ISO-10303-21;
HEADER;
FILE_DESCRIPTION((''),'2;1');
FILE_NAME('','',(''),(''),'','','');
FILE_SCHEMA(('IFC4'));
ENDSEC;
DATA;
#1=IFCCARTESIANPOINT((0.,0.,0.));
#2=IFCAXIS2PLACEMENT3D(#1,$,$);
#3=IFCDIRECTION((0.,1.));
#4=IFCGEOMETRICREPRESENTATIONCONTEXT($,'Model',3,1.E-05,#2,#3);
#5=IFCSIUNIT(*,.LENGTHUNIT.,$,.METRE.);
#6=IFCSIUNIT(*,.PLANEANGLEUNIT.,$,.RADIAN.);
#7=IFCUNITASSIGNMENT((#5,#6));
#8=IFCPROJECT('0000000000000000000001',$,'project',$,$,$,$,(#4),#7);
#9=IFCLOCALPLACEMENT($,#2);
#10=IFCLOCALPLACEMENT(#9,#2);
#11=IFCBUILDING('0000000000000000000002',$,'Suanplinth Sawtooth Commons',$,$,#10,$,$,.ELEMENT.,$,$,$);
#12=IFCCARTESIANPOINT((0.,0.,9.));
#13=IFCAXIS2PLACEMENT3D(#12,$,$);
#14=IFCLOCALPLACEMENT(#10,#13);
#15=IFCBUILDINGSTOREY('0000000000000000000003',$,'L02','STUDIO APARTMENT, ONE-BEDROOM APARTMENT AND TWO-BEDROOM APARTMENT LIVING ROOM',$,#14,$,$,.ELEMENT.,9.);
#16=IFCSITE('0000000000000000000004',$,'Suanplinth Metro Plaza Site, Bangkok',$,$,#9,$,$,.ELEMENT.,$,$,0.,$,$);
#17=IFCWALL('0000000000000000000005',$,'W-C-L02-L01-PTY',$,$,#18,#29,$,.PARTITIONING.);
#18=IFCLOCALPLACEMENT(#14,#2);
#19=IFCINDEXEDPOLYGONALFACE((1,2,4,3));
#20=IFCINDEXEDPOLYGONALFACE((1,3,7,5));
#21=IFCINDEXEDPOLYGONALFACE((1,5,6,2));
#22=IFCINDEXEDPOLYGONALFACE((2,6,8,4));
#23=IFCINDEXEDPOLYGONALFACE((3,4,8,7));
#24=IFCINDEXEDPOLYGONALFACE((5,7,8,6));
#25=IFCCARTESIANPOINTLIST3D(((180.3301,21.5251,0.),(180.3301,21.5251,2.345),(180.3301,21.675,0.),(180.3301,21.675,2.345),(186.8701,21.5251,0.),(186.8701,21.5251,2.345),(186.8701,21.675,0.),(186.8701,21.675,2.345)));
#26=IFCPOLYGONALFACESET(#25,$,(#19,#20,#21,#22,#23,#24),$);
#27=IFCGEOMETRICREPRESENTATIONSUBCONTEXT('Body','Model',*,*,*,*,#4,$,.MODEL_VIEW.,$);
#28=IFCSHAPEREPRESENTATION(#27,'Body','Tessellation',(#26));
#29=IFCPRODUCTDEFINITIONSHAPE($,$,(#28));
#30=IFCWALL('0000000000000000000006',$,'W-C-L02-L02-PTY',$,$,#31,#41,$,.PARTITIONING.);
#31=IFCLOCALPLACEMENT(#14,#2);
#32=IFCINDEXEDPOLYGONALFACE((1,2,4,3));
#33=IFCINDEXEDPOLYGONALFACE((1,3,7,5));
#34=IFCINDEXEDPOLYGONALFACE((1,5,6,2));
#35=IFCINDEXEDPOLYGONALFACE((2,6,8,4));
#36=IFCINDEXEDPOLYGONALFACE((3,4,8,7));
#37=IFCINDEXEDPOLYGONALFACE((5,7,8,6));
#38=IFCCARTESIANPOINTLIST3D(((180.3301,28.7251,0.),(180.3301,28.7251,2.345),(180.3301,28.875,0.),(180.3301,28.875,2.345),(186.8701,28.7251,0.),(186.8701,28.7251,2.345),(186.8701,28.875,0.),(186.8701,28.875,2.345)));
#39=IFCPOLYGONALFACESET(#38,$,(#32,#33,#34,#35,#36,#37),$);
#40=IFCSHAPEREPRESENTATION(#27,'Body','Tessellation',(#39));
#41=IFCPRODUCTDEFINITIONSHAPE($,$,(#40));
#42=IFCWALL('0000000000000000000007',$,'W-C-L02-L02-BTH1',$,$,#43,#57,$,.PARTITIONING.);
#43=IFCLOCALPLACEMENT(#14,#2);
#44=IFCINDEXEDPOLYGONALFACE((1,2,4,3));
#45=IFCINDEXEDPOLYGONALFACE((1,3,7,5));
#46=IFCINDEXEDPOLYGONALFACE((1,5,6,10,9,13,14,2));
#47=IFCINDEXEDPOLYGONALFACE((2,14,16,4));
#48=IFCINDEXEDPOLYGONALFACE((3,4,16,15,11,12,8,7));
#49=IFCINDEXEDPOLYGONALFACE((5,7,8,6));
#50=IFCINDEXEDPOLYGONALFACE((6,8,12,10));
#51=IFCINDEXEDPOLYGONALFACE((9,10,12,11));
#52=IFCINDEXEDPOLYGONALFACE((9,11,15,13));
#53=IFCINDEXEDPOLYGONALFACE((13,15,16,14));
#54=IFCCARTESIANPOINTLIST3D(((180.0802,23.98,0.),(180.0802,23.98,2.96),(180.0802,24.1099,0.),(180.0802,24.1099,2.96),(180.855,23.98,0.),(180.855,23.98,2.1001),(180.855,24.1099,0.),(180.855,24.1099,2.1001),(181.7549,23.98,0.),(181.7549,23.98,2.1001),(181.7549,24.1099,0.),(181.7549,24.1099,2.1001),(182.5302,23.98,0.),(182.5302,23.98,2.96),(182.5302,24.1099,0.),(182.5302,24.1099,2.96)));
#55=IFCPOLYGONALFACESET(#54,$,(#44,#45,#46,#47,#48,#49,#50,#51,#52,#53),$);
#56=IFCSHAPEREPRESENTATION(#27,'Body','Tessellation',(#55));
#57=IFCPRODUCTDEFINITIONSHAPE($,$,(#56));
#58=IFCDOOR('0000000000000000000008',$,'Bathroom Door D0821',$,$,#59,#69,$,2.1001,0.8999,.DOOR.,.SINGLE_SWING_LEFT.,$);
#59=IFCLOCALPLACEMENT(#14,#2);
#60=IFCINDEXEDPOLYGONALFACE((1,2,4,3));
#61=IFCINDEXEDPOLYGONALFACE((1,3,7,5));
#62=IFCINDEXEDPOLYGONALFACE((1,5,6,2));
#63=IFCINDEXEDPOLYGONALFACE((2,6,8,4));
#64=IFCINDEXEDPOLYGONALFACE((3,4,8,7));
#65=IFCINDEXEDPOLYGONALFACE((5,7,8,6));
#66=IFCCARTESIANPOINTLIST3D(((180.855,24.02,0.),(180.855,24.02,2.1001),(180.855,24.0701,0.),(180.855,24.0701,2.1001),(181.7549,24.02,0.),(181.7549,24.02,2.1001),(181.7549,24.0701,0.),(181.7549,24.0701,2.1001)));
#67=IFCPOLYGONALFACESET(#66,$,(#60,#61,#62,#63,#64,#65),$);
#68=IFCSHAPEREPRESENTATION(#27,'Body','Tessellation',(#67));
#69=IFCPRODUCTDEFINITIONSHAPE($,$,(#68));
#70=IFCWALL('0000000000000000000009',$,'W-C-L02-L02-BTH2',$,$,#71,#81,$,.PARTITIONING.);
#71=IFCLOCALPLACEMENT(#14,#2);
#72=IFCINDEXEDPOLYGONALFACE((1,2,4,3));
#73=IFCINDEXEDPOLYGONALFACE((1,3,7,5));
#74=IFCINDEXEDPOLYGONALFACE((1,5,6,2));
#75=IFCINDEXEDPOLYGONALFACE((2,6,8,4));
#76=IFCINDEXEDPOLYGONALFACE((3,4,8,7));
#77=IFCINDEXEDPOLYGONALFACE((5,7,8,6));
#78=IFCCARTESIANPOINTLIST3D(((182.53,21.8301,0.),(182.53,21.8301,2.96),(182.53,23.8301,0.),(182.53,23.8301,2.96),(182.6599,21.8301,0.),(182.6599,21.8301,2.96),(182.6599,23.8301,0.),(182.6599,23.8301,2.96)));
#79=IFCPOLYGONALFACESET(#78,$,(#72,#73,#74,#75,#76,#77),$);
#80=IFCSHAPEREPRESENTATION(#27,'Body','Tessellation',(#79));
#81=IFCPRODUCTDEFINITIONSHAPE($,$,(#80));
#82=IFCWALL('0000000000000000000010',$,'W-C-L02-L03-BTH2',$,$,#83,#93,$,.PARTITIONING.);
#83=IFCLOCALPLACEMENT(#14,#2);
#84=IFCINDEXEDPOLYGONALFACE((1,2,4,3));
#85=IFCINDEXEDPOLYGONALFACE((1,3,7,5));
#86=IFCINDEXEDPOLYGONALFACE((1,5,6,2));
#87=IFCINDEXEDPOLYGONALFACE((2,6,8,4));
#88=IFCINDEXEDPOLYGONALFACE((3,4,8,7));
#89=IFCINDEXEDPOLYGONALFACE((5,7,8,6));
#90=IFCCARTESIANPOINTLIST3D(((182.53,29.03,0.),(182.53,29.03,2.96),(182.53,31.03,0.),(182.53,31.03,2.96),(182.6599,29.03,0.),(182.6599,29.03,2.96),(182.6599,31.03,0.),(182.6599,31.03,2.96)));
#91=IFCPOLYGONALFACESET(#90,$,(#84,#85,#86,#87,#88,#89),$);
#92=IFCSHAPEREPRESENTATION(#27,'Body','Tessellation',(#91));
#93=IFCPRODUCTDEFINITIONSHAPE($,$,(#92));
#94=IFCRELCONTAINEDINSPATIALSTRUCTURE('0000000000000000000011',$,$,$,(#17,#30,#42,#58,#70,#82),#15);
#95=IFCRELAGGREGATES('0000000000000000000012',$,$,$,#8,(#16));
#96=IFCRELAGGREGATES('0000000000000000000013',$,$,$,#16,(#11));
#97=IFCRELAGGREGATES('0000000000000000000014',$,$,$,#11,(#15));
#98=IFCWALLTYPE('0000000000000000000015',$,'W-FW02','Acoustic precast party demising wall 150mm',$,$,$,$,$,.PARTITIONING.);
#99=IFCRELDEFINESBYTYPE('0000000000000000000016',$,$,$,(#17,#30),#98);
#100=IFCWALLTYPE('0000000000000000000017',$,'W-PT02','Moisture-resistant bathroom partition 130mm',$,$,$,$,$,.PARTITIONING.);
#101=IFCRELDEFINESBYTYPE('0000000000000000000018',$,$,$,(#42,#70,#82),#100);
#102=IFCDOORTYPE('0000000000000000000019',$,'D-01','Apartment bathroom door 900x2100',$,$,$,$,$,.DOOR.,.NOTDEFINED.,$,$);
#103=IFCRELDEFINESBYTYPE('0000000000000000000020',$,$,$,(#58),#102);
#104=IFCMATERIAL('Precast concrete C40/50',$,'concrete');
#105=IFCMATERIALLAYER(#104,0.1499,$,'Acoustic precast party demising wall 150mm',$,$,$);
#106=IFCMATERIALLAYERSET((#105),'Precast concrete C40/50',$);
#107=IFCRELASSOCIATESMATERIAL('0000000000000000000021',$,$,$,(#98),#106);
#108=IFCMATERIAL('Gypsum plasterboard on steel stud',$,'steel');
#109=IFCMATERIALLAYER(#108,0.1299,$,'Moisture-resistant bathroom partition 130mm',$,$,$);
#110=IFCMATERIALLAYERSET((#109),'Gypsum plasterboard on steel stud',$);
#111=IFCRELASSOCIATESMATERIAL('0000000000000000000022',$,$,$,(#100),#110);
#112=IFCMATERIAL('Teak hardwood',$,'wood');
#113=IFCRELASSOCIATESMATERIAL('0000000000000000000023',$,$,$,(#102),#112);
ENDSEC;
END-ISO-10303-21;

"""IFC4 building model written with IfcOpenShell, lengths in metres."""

from ifc_helpers import new_model, si_unit, direction, frame, frame_2d, origin, place, context, subcontext, project, spatial, rectangle, extrude, material, layer, layer_set, type_object, element, fill, save


model = new_model("IFC4")

# Units and contexts
model_context = context("Model", 3, precision=1e-05, world=origin(), true_north=direction((0.0, 1.0)))
body_context = subcontext(model_context, "Body", "Model", "MODEL_VIEW")
ifc_project = project(units=[si_unit("LENGTHUNIT", "METRE"), si_unit("PLANEANGLEUNIT", "RADIAN")], contexts=[model_context])

# Site, building, storey
site_placement = place(None, origin())
site = spatial("IfcSite", under=ifc_project, at=site_placement, Name="Suanplinth Metro Plaza Site, Bangkok", CompositionType="ELEMENT", RefElevation=0.0)
building_placement = place(site_placement, origin())
building = spatial("IfcBuilding", under=site, at=building_placement, Name="Suanplinth Sawtooth Commons", CompositionType="ELEMENT")
storey_placement = place(building_placement, frame((0.0, 0.0, 9.0)))
storey = spatial("IfcBuildingStorey", under=building, at=storey_placement, Name="L02", Description="STUDIO APARTMENT, ONE-BEDROOM APARTMENT AND TWO-BEDROOM APARTMENT LIVING ROOM", CompositionType="ELEMENT", Elevation=9.0)

# Shared definitions
ifc_material_1 = material(Name="Precast concrete C40/50", Category="concrete")

# Walls
ifc_layer_1 = layer(ifc_material_1, 0.1499, Name="Acoustic precast party demising wall 150mm")
ifc_layer_set_1 = layer_set([ifc_layer_1], Name="Precast concrete C40/50")
wall_type_1 = type_object("IfcWallType", Name="W-FW02", Description="Acoustic precast party demising wall 150mm", PredefinedType="PARTITIONING", material=ifc_layer_set_1)
for number, where, z_axis, x_axis, name in (
    (1, (180.3301, 21.6001, 0.0), (0.0, 0.0, 1.0), (1.0, 0.0, 0.0), "W-C-L02-L01-PTY"),
    (2, (180.3301, 28.8, 0.0), (0.0, 0.0, 1.0), (1.0, 0.0, 0.0), "W-C-L02-L02-PTY"),
):
    element("IfcWall", number, at=place(storey_placement, frame(where, z_axis=z_axis, x_axis=x_axis)), inside=storey, type_object=wall_type_1, Name=name, PredefinedType="PARTITIONING", context=body_context, shape_type="SweptSolid", body=[
        extrude(rectangle(XDim=6.54, YDim=0.1499, at=frame_2d((3.27, 0.0))), origin(), (0.0, 0.0, 1.0), 2.345),
    ])

# Wall, opening, door
ifc_material_2 = material(Name="Gypsum plasterboard on steel stud", Category="steel")
ifc_layer_2 = layer(ifc_material_2, 0.1299, Name="Moisture-resistant bathroom partition 130mm")
ifc_layer_set_2 = layer_set([ifc_layer_2], Name="Gypsum plasterboard on steel stud")
wall_type_2 = type_object("IfcWallType", Name="W-PT02", Description="Moisture-resistant bathroom partition 130mm", PredefinedType="PARTITIONING", material=ifc_layer_set_2)
wall_1_placement = place(storey_placement, frame((180.0801, 24.0449, 0.0), z_axis=(0.0, 0.0, 1.0), x_axis=(1.0, 0.0, 0.0)))
wall_1 = element("IfcWall", 3, at=wall_1_placement, inside=storey, type_object=wall_type_2, Name="W-C-L02-L02-BTH1", PredefinedType="PARTITIONING", context=body_context, shape_type="SweptSolid", body=[
    extrude(rectangle(XDim=2.45, YDim=0.1299, at=frame_2d((1.2251, 0.0))), origin(), (0.0, 0.0, 1.0), 2.96),
])
opening_1_placement = place(wall_1_placement, frame((0.7749, 0.0, 0.0)))
opening_1 = element("IfcOpeningElement", 4, at=opening_1_placement, cuts=wall_1, PredefinedType="OPENING", context=body_context, shape_type="SweptSolid", body=[
    extrude(rectangle(XDim=0.8999, YDim=2.1001, at=frame_2d((0.45, 1.05))), frame((0.0, 0.0798, 0.0), z_axis=(0.0, -1.0, 0.0), x_axis=(1.0, 0.0, 0.0)), (0.0, 0.0, 1.0), 0.1597),
])
ifc_material_3 = material(Name="Teak hardwood", Category="wood")
door_type_1 = type_object("IfcDoorType", Name="D-01", Description="Apartment bathroom door 900x2100", OperationType="NOTDEFINED", PredefinedType="DOOR", material=ifc_material_3)
door_1_placement = place(opening_1_placement, frame((0.8999, 0.0, 0.0), z_axis=(0.0, 0.0, 1.0), x_axis=(-1.0, 0.0, 0.0)))
door_1 = element("IfcDoor", 5, at=door_1_placement, inside=storey, type_object=door_type_1, Name="Bathroom Door D0821", OperationType="SINGLE_SWING_LEFT", OverallHeight=2.1001, OverallWidth=0.8999, PredefinedType="DOOR", context=body_context, shape_type="SweptSolid", body=[
    extrude(rectangle(XDim=0.8999, YDim=2.1001, at=frame_2d((0.45, 1.05))), frame((0.0, 0.0249, 0.0), z_axis=(0.0, -1.0, 0.0), x_axis=(1.0, 0.0, 0.0)), (0.0, 0.0, 1.0), 0.05),
])
fill(opening_1, door_1)

# Walls
for number, where, z_axis, x_axis, name in (
    (6, (182.595, 21.8301, 0.0), (0.0, 0.0, 1.0), (0.0, 1.0, 0.0), "W-C-L02-L02-BTH2"),
    (7, (182.595, 29.03, 0.0), (0.0, 0.0, 1.0), (0.0, 1.0, 0.0), "W-C-L02-L03-BTH2"),
):
    element("IfcWall", number, at=place(storey_placement, frame(where, z_axis=z_axis, x_axis=x_axis)), inside=storey, type_object=wall_type_2, Name=name, PredefinedType="PARTITIONING", context=body_context, shape_type="SweptSolid", body=[
        extrude(rectangle(XDim=2.0, YDim=0.1299, at=frame_2d((1.0, 0.0))), origin(), (0.0, 0.0, 1.0), 2.96),
    ])

save(model, "model.ifc")
